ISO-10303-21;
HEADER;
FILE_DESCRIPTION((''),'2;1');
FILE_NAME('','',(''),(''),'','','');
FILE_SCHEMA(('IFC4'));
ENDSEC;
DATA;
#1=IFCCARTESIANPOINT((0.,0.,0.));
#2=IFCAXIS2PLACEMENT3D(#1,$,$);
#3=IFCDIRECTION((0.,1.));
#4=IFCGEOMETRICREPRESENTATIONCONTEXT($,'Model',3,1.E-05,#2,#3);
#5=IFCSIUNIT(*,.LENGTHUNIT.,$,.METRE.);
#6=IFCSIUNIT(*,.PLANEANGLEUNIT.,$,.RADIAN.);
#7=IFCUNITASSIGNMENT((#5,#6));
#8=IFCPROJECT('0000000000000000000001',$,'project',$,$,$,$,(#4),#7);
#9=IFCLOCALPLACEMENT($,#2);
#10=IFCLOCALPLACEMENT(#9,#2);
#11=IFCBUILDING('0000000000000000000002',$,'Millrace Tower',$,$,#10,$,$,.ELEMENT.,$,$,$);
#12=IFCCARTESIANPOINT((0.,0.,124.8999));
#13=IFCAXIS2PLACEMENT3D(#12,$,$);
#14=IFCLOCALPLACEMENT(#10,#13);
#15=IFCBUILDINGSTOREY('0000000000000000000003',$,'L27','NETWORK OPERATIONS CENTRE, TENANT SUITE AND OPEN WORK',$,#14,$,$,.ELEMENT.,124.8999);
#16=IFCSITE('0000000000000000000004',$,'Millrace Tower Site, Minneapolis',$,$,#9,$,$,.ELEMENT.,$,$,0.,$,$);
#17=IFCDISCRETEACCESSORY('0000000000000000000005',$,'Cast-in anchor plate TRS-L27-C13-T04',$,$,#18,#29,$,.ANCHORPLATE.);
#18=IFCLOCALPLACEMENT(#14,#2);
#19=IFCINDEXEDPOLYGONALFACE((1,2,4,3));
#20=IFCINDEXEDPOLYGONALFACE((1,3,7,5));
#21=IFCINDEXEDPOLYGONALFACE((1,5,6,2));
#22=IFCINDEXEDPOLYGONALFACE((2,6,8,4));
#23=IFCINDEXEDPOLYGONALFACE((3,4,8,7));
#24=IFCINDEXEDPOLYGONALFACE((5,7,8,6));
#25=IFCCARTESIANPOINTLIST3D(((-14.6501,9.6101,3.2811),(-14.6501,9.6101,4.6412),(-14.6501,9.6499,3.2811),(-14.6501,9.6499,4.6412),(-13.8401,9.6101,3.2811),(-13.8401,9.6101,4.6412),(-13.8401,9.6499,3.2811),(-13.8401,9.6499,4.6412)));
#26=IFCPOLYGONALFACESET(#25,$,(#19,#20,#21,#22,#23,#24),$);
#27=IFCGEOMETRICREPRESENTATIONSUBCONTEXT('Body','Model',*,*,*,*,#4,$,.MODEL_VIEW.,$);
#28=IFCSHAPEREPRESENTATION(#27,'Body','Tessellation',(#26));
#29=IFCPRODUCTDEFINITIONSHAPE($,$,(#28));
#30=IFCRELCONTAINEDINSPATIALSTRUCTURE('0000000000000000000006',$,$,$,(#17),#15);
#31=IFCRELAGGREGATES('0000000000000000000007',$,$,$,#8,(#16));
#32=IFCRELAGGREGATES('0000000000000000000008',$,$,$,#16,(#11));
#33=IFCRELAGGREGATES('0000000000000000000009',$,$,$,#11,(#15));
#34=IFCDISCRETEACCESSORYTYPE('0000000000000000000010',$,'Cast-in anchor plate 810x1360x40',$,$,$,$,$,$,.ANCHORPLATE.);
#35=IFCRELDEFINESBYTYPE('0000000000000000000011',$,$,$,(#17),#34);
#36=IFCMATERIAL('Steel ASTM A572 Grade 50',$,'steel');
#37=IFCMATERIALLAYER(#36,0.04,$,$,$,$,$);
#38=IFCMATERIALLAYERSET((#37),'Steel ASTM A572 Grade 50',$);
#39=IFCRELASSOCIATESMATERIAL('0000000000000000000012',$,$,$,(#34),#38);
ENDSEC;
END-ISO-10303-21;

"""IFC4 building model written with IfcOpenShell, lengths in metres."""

from ifc_helpers import new_model, si_unit, direction, frame, origin, origin_2d, place, context, subcontext, project, spatial, rectangle, extrude, material, layer, layer_set, type_object, element, save


model = new_model("IFC4")

# Units and contexts
model_context = context("Model", 3, precision=1e-05, world=origin(), true_north=direction((0.0, 1.0)))
body_context = subcontext(model_context, "Body", "Model", "MODEL_VIEW")
ifc_project = project(units=[si_unit("LENGTHUNIT", "METRE"), si_unit("PLANEANGLEUNIT", "RADIAN")], contexts=[model_context])

# Site, building, storey
site_placement = place(None, origin())
site = spatial("IfcSite", under=ifc_project, at=site_placement, Name="Millrace Tower Site, Minneapolis", CompositionType="ELEMENT", RefElevation=0.0)
building_placement = place(site_placement, origin())
building = spatial("IfcBuilding", under=site, at=building_placement, Name="Millrace Tower", CompositionType="ELEMENT")
storey_placement = place(building_placement, frame((0.0, 0.0, 124.8999)))
storey = spatial("IfcBuildingStorey", under=building, at=storey_placement, Name="L27", Description="NETWORK OPERATIONS CENTRE, TENANT SUITE AND OPEN WORK", CompositionType="ELEMENT", Elevation=124.8999)

# Discrete accessory
ifc_material_1 = material(Name="Steel ASTM A572 Grade 50", Category="steel")
ifc_layer_1 = layer(ifc_material_1, 0.04)
ifc_layer_set_1 = layer_set([ifc_layer_1], Name="Steel ASTM A572 Grade 50")
discrete_accessory_type_1 = type_object("IfcDiscreteAccessoryType", Name="Cast-in anchor plate 810x1360x40", PredefinedType="ANCHORPLATE", material=ifc_layer_set_1)
discrete_accessory_placement = place(storey_placement, frame((-14.2451, 9.6101, 3.9612), z_axis=(0.0, 1.0, 0.0), x_axis=(-1.0, 0.0, 0.0)))
element("IfcDiscreteAccessory", 1, at=discrete_accessory_placement, inside=storey, type_object=discrete_accessory_type_1, Name="Cast-in anchor plate TRS-L27-C13-T04", PredefinedType="ANCHORPLATE", context=body_context, shape_type="SweptSolid", body=[
    extrude(rectangle(XDim=0.8101, YDim=1.3601, at=origin_2d()), origin(), (0.0, 0.0, 1.0), 0.0398),
])

save(model, "model.ifc")
